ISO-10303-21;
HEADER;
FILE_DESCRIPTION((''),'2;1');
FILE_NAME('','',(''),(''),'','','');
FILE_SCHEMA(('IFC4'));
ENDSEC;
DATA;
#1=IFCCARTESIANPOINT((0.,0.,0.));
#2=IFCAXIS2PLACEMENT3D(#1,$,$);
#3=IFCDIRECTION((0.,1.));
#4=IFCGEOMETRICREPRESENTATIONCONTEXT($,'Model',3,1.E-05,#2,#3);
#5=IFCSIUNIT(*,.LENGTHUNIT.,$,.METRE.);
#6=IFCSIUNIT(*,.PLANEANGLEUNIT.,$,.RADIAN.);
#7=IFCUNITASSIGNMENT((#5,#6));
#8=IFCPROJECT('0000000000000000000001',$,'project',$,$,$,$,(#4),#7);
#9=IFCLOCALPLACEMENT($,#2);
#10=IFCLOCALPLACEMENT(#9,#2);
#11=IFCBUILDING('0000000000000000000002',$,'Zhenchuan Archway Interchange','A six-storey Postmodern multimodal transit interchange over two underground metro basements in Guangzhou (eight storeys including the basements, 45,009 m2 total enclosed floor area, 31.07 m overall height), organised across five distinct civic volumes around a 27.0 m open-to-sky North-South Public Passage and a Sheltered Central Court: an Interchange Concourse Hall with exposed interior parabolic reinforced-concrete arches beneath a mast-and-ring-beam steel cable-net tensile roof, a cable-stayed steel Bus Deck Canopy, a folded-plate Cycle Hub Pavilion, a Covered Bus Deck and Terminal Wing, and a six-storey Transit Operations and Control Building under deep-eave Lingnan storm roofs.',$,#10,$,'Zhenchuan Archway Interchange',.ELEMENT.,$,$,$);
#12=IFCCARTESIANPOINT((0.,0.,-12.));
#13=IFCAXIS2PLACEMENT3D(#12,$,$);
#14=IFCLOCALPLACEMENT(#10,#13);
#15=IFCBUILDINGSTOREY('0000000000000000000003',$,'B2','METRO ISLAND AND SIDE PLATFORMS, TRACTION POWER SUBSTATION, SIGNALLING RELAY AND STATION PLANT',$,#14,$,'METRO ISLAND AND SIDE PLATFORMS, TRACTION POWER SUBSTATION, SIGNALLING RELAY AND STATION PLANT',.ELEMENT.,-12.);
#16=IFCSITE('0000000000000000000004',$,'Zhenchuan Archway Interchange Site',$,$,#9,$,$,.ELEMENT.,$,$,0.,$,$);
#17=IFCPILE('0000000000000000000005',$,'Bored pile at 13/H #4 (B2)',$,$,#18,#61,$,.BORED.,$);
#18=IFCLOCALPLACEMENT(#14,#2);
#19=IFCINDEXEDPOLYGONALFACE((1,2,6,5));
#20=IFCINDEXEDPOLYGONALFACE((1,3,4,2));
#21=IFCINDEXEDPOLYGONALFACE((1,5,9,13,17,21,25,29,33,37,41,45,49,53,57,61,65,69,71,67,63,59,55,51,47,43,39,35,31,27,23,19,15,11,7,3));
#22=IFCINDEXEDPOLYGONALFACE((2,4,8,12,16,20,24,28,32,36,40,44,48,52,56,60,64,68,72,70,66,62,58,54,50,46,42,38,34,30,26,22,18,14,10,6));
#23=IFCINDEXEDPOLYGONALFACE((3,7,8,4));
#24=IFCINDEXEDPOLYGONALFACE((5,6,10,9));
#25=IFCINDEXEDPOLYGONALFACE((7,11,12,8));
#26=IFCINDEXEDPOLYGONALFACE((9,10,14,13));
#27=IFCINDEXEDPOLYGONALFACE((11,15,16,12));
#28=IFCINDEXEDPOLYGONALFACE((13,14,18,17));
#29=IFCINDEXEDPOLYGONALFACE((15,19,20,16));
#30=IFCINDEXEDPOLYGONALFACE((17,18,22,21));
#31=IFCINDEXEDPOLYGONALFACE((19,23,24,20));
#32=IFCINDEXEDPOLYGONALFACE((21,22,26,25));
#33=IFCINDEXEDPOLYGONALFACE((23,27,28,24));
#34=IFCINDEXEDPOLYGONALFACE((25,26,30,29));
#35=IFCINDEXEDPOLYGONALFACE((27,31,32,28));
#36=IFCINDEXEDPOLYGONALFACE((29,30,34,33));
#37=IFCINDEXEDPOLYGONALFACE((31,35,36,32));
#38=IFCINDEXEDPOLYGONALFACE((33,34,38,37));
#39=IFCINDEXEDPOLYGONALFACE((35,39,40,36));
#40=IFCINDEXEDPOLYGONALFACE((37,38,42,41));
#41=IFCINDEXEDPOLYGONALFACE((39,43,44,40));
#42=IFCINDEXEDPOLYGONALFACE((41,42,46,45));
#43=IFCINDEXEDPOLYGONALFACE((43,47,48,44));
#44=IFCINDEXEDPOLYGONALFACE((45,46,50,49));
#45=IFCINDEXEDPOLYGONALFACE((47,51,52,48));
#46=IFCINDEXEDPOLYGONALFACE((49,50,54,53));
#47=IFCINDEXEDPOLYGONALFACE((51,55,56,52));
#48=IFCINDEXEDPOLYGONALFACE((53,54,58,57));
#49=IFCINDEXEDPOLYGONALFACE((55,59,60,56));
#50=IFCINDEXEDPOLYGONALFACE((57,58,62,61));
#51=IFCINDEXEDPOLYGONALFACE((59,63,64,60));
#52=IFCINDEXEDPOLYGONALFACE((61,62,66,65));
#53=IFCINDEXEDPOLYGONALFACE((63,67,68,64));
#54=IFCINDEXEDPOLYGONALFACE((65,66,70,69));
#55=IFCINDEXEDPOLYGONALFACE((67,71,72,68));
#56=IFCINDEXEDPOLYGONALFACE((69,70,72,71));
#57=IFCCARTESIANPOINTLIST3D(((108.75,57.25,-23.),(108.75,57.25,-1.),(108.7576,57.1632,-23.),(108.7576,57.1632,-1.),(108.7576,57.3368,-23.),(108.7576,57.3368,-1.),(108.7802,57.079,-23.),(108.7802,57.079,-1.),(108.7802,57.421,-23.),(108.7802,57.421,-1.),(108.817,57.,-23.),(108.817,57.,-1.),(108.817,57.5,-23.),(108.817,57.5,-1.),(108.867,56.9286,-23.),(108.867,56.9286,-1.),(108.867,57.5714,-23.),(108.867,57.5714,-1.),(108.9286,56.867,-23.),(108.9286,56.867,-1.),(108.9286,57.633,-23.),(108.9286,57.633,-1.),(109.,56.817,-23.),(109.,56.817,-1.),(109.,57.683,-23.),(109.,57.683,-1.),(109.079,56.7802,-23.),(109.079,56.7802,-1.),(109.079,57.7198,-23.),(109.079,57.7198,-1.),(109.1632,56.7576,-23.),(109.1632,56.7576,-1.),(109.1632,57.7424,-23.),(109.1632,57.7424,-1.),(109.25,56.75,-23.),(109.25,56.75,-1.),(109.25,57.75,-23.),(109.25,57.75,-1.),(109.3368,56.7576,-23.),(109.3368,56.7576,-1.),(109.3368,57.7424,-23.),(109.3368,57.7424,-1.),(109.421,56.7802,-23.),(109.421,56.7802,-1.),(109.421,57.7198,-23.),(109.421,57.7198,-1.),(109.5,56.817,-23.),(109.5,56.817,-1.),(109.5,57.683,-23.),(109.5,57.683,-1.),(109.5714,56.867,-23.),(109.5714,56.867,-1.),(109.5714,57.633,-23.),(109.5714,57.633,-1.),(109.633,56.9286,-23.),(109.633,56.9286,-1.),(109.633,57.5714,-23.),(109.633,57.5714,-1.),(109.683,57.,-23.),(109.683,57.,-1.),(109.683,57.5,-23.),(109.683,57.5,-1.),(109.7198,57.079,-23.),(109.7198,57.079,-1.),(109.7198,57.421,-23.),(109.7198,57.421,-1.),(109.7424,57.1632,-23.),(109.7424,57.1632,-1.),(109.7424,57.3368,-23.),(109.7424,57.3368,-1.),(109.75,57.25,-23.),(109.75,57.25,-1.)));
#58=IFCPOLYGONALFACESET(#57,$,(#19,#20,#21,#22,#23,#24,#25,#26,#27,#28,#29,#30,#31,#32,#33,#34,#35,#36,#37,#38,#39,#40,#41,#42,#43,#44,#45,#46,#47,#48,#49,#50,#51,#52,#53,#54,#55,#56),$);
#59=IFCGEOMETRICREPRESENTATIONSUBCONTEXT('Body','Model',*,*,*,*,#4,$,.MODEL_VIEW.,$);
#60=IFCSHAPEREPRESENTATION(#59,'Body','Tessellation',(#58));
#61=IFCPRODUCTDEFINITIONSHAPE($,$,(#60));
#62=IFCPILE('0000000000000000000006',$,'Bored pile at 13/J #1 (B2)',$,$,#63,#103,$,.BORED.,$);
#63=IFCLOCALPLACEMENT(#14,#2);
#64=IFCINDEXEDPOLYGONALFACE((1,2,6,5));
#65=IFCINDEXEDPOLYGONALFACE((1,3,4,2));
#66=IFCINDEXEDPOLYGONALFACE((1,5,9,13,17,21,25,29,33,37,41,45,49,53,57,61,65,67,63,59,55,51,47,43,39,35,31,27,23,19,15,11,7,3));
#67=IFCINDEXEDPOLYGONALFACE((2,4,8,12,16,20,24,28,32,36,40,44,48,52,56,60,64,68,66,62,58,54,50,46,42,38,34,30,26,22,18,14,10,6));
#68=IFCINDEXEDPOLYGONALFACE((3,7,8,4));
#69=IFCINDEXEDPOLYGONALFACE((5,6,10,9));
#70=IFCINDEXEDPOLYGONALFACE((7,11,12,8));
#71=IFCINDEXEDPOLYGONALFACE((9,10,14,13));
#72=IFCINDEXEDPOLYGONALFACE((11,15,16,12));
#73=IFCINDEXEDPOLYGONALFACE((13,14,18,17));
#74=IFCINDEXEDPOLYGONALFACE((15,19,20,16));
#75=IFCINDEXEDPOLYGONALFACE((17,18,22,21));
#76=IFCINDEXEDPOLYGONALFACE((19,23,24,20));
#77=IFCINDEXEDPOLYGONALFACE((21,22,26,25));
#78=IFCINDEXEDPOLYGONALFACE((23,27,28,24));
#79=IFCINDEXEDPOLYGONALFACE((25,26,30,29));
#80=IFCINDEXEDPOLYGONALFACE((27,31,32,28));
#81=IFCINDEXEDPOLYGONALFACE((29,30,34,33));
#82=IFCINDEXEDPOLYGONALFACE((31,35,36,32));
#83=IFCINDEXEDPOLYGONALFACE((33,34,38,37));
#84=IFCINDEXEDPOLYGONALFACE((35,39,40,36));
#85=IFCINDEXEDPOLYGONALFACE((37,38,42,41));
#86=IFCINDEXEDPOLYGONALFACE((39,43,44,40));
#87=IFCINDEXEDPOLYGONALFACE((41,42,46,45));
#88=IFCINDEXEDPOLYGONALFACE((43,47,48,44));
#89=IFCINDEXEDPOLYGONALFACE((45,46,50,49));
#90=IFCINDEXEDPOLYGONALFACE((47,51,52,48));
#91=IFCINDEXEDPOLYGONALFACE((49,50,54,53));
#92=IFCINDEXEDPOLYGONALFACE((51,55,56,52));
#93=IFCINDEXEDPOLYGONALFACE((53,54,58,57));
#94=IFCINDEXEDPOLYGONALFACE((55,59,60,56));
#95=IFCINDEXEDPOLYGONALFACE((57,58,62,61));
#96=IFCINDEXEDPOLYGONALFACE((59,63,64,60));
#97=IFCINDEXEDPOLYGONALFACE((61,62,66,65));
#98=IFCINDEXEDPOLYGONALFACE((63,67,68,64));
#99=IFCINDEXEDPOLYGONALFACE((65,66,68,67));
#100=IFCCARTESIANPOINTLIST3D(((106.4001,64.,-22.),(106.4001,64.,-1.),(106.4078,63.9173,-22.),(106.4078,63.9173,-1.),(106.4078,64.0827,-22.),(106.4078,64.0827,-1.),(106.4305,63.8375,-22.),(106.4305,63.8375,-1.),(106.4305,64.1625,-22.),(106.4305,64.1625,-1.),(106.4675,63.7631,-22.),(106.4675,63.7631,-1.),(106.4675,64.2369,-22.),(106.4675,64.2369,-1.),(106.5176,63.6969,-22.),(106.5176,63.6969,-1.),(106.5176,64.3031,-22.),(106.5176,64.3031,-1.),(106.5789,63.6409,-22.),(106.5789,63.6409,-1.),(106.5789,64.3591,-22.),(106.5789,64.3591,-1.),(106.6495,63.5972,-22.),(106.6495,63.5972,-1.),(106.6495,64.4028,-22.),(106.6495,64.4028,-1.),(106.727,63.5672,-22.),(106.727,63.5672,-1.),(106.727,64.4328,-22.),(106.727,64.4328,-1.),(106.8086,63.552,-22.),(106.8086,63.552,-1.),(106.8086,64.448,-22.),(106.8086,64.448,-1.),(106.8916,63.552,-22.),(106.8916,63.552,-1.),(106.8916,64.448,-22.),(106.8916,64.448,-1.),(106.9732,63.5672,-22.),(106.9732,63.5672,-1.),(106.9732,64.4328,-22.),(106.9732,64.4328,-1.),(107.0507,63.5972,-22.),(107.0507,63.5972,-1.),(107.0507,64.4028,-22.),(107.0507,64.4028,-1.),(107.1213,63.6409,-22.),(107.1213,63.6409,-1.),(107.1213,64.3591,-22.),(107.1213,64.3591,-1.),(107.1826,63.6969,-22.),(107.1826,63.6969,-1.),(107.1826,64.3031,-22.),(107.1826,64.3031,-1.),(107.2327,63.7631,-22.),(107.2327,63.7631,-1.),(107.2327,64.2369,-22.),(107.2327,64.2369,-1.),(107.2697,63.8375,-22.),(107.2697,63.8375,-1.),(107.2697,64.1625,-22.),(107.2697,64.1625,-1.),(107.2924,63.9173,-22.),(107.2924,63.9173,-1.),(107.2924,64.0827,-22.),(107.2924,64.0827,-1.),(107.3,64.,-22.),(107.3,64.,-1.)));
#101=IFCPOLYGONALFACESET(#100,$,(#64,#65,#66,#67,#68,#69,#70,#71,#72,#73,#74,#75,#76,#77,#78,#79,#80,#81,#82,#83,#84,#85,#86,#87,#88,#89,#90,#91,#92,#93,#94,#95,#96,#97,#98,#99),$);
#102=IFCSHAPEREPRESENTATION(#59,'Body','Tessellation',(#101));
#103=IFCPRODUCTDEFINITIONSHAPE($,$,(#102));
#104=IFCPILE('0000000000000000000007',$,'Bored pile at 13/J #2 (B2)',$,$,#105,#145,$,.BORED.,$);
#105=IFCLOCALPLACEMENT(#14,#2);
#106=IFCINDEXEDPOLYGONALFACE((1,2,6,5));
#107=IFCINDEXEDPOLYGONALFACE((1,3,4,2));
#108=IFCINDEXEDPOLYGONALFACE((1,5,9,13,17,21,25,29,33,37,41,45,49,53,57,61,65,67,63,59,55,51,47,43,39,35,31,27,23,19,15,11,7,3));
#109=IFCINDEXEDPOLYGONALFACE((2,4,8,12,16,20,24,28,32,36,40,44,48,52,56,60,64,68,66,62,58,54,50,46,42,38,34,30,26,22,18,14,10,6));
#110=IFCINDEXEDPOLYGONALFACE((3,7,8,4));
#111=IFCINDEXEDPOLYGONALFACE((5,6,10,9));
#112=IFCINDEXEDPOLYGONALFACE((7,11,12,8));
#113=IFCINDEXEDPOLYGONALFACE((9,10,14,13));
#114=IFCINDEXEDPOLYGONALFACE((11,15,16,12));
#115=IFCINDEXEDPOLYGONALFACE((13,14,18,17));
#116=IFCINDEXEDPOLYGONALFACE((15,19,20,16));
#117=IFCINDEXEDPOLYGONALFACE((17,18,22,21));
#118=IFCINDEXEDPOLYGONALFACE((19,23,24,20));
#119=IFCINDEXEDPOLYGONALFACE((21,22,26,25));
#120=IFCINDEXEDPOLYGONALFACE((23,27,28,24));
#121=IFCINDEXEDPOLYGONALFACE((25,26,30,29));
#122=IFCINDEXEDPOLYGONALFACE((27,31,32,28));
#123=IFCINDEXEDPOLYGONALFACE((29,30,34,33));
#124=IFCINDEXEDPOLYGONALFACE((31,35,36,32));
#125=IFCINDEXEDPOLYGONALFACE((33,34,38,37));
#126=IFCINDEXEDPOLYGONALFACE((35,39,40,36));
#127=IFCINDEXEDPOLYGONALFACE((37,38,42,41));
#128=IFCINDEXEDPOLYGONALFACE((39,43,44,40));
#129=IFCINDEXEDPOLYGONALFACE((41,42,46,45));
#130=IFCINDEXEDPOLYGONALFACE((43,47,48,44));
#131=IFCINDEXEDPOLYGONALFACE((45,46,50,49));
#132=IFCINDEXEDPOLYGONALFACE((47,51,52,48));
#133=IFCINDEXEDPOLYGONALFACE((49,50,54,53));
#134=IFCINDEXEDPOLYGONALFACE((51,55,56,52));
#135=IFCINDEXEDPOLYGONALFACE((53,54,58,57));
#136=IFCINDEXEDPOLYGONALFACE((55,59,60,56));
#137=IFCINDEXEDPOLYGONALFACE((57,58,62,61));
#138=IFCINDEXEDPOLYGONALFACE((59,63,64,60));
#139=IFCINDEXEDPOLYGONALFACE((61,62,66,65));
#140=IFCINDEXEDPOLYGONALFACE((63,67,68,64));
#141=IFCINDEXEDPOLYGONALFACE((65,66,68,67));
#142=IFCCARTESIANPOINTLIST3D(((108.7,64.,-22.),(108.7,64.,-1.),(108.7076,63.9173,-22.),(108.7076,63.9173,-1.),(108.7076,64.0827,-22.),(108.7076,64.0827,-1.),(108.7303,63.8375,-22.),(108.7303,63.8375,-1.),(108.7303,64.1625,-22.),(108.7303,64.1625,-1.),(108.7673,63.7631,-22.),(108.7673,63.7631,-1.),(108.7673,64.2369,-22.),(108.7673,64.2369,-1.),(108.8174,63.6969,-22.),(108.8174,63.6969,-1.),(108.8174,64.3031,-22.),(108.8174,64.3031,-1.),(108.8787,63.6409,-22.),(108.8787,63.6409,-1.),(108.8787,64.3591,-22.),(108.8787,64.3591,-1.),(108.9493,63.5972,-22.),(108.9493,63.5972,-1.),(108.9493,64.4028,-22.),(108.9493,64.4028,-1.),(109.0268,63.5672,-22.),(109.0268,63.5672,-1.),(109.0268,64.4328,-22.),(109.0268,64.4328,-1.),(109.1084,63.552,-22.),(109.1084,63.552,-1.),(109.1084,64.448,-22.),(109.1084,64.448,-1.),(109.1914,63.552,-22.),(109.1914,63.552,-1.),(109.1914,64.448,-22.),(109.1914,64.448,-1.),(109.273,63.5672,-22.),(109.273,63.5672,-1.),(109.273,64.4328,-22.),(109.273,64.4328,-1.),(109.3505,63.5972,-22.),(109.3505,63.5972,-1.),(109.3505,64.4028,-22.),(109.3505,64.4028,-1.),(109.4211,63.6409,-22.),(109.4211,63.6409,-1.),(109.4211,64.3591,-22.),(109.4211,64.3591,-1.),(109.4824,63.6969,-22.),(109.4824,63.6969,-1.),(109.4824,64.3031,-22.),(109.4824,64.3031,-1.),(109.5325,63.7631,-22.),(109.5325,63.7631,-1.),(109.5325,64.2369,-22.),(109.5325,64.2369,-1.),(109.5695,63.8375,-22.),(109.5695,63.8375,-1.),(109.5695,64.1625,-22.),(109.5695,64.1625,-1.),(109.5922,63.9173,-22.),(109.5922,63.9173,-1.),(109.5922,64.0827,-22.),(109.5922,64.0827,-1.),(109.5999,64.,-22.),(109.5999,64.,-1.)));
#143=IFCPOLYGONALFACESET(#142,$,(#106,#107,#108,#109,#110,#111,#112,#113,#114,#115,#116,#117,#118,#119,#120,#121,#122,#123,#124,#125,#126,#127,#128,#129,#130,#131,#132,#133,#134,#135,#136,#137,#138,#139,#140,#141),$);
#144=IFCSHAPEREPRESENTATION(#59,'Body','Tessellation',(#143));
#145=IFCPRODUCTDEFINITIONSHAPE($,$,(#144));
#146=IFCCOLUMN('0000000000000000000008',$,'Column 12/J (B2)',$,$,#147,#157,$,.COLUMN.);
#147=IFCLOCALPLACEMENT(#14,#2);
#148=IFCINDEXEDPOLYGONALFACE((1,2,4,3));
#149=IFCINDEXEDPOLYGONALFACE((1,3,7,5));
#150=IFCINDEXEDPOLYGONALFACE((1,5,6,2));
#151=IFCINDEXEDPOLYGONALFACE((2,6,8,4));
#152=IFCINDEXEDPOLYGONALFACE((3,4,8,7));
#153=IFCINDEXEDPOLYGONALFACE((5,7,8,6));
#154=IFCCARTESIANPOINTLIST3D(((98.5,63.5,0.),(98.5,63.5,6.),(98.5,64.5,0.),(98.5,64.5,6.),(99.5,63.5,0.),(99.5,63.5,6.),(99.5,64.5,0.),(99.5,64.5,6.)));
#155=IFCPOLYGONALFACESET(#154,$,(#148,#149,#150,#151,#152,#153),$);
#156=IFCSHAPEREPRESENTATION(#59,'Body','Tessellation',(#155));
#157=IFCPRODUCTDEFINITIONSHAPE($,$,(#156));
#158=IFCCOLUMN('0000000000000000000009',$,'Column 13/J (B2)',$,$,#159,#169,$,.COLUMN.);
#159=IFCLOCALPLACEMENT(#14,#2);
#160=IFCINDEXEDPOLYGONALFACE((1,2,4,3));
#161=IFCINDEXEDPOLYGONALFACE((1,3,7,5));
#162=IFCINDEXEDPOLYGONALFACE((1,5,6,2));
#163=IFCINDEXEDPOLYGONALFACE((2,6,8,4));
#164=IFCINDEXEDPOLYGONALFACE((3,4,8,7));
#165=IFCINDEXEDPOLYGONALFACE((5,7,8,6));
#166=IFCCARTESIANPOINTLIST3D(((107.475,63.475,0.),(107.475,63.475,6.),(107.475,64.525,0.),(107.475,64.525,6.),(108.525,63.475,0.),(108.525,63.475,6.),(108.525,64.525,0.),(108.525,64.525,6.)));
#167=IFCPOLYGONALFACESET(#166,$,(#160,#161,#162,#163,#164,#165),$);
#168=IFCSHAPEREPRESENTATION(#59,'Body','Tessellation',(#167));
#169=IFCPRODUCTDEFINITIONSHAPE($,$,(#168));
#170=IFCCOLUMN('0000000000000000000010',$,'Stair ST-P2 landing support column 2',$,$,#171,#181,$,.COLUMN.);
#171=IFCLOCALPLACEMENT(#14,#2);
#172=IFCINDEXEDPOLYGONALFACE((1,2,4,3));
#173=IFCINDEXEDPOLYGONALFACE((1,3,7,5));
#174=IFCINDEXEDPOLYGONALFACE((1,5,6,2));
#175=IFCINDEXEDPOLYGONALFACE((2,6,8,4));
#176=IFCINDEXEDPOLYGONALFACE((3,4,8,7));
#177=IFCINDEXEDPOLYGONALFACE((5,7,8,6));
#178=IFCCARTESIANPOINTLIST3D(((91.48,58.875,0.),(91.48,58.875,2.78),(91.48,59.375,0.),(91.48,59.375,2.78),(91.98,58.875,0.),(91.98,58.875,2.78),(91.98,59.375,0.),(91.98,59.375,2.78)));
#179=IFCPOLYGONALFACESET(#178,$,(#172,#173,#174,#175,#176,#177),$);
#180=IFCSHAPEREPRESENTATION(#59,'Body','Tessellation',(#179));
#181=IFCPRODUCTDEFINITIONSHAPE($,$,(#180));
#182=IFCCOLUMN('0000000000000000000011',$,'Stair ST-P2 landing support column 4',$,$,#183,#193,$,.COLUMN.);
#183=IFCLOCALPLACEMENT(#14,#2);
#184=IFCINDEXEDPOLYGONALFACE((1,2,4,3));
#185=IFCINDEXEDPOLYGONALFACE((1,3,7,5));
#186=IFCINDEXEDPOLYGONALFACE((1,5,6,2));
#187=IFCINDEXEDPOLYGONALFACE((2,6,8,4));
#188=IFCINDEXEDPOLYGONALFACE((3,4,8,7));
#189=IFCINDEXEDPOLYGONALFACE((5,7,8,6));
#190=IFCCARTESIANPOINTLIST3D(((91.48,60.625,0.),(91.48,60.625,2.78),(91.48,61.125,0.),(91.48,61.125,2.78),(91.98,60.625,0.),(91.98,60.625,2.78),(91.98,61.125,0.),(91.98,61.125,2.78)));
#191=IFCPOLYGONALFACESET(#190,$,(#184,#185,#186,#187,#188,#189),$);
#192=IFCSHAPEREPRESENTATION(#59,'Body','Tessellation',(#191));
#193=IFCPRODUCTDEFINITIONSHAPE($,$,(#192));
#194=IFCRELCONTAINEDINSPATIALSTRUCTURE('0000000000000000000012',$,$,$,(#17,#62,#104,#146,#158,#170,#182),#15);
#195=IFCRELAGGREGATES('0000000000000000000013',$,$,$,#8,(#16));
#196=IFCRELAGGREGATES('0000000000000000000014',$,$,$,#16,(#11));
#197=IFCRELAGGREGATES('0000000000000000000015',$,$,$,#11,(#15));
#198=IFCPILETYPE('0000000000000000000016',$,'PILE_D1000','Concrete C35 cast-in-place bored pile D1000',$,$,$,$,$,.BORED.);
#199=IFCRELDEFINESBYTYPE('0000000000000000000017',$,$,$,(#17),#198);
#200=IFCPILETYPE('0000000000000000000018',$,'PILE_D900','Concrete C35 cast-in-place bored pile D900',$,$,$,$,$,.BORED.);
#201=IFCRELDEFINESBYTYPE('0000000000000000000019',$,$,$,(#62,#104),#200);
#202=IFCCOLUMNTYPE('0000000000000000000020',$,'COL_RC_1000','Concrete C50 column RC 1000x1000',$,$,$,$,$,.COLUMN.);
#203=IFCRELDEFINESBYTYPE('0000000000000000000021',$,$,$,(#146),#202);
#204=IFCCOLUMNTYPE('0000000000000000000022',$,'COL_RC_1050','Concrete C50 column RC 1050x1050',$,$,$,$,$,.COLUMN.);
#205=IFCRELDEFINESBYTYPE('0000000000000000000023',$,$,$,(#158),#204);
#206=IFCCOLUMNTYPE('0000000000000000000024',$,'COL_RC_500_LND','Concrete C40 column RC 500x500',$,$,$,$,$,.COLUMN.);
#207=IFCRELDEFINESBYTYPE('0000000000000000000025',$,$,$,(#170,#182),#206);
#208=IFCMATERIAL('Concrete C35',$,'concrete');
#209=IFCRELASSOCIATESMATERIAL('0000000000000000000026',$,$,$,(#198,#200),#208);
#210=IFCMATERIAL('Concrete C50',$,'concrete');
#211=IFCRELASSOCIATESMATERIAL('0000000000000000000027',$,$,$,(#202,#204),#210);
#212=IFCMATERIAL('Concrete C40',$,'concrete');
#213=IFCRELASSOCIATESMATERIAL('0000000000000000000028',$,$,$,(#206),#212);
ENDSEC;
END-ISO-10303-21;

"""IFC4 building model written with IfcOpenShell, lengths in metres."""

from ifc_helpers import new_model, si_unit, direction, frame, origin, origin_2d, place, context, subcontext, project, spatial, rectangle, circle, extrude, material, material_profile, profile_set, type_object, element, save


model = new_model("IFC4")

# Units and contexts
model_context = context("Model", 3, precision=1e-05, world=origin(), true_north=direction((0.0, 1.0)))
body_context = subcontext(model_context, "Body", "Model", "MODEL_VIEW")
ifc_project = project(units=[si_unit("LENGTHUNIT", "METRE"), si_unit("PLANEANGLEUNIT", "RADIAN")], contexts=[model_context])

# Site, building, storey
site_placement = place(None, origin())
site = spatial("IfcSite", under=ifc_project, at=site_placement, Name="Zhenchuan Archway Interchange Site", CompositionType="ELEMENT", RefElevation=0.0)
building_placement = place(site_placement, origin())
building = spatial("IfcBuilding", under=site, at=building_placement, Name="Zhenchuan Archway Interchange", Description="A six-storey Postmodern multimodal transit interchange over two underground metro basements in Guangzhou (eight storeys including the basements, 45,009 m2 total enclosed floor area, 31.07 m overall height), organised across five distinct civic volumes around a 27.0 m open-to-sky North-South Public Passage and a Sheltered Central Court: an Interchange Concourse Hall with exposed interior parabolic reinforced-concrete arches beneath a mast-and-ring-beam steel cable-net tensile roof, a cable-stayed steel Bus Deck Canopy, a folded-plate Cycle Hub Pavilion, a Covered Bus Deck and Terminal Wing, and a six-storey Transit Operations and Control Building under deep-eave Lingnan storm roofs.", LongName="Zhenchuan Archway Interchange", CompositionType="ELEMENT")
storey_placement = place(building_placement, frame((0.0, 0.0, -12.0)))
storey = spatial("IfcBuildingStorey", under=building, at=storey_placement, Name="B2", Description="METRO ISLAND AND SIDE PLATFORMS, TRACTION POWER SUBSTATION, SIGNALLING RELAY AND STATION PLANT", LongName="METRO ISLAND AND SIDE PLATFORMS, TRACTION POWER SUBSTATION, SIGNALLING RELAY AND STATION PLANT", CompositionType="ELEMENT", Elevation=-12.0)

# Shared definitions
ifc_material_1 = material(Name="Concrete C40", Category="concrete")

# Piles
ifc_material_2 = material(Name="Concrete C35", Category="concrete")
ifc_material_profile_1 = material_profile(ifc_material_2, circle(Radius=0.5, at=origin_2d()), Name="BORED PILE 1000")
ifc_profile_set_1 = profile_set([ifc_material_profile_1], Name="Concrete C35")
pile_type_1 = type_object("IfcPileType", Name="PILE_D1000", Description="Concrete C35 cast-in-place bored pile D1000", PredefinedType="BORED", material=ifc_profile_set_1)
for number, where, z_axis, x_axis, name in (
    (1, (109.25, 57.25, -1.0), (0.0, 0.0, -1.0), (1.0, 0.0, 0.0), "Bored pile at 13/H #4 (B2)"),
):
    element("IfcPile", number, at=place(storey_placement, frame(where, z_axis=z_axis, x_axis=x_axis)), inside=storey, type_object=pile_type_1, Name=name, PredefinedType="BORED", context=body_context, shape_type="SweptSolid", body=[
        extrude(circle(Radius=0.5, at=origin_2d()), origin(), (0.0, 0.0, 1.0), 22.0),
    ])
ifc_material_profile_2 = material_profile(ifc_material_2, circle(Radius=0.45, at=origin_2d()), Name="BORED PILE 900")
ifc_profile_set_2 = profile_set([ifc_material_profile_2], Name="Concrete C35")
pile_type_2 = type_object("IfcPileType", Name="PILE_D900", Description="Concrete C35 cast-in-place bored pile D900", PredefinedType="BORED", material=ifc_profile_set_2)
for number, where, z_axis, x_axis, name in (
    (2, (106.8501, 64.0, -1.0), (0.0, 0.0, -1.0), (1.0, 0.0, 0.0), "Bored pile at 13/J #1 (B2)"),
    (3, (109.1499, 64.0, -1.0), (0.0, 0.0, -1.0), (1.0, 0.0, 0.0), "Bored pile at 13/J #2 (B2)"),
):
    element("IfcPile", number, at=place(storey_placement, frame(where, z_axis=z_axis, x_axis=x_axis)), inside=storey, type_object=pile_type_2, Name=name, PredefinedType="BORED", context=body_context, shape_type="SweptSolid", body=[
        extrude(circle(Radius=0.45, at=origin_2d()), origin(), (0.0, 0.0, 1.0), 21.0),
    ])

# Columns
ifc_material_3 = material(Name="Concrete C50", Category="concrete")
ifc_material_profile_3 = material_profile(ifc_material_3, rectangle(XDim=1.0, YDim=1.0, at=origin_2d()), Name="RC 1000x1000")
ifc_profile_set_3 = profile_set([ifc_material_profile_3], Name="Concrete C50")
column_type_1 = type_object("IfcColumnType", Name="COL_RC_1000", Description="Concrete C50 column RC 1000x1000", PredefinedType="COLUMN", material=ifc_profile_set_3)
column_1_placement = place(storey_placement, frame((99.0, 64.0, 0.0), z_axis=(0.0, 0.0, 1.0), x_axis=(1.0, 0.0, 0.0)))
element("IfcColumn", 4, at=column_1_placement, inside=storey, type_object=column_type_1, Name="Column 12/J (B2)", PredefinedType="COLUMN", context=body_context, shape_type="SweptSolid", body=[
    extrude(rectangle(XDim=1.0, YDim=1.0, at=origin_2d()), origin(), (0.0, 0.0, 1.0), 6.0),
])
ifc_material_profile_4 = material_profile(ifc_material_3, rectangle(XDim=1.05, YDim=1.05, at=origin_2d()), Name="RC 1050x1050")
ifc_profile_set_4 = profile_set([ifc_material_profile_4], Name="Concrete C50")
column_type_2 = type_object("IfcColumnType", Name="COL_RC_1050", Description="Concrete C50 column RC 1050x1050", PredefinedType="COLUMN", material=ifc_profile_set_4)
column_2_placement = place(storey_placement, frame((108.0, 64.0, 0.0), z_axis=(0.0, 0.0, 1.0), x_axis=(1.0, 0.0, 0.0)))
element("IfcColumn", 5, at=column_2_placement, inside=storey, type_object=column_type_2, Name="Column 13/J (B2)", PredefinedType="COLUMN", context=body_context, shape_type="SweptSolid", body=[
    extrude(rectangle(XDim=1.05, YDim=1.05, at=origin_2d()), origin(), (0.0, 0.0, 1.0), 6.0),
])
ifc_material_profile_5 = material_profile(ifc_material_1, rectangle(XDim=0.5, YDim=0.5, at=origin_2d()), Name="RC 500x500")
ifc_profile_set_5 = profile_set([ifc_material_profile_5], Name="Concrete C40")
column_type_3 = type_object("IfcColumnType", Name="COL_RC_500_LND", Description="Concrete C40 column RC 500x500", PredefinedType="COLUMN", material=ifc_profile_set_5)
for number, where, z_axis, x_axis, name in (
    (6, (91.73, 59.125, 0.0), (0.0, 0.0, 1.0), (1.0, 0.0, 0.0), "Stair ST-P2 landing support column 2"),
    (7, (91.73, 60.875, 0.0), (0.0, 0.0, 1.0), (1.0, 0.0, 0.0), "Stair ST-P2 landing support column 4"),
):
    element("IfcColumn", number, at=place(storey_placement, frame(where, z_axis=z_axis, x_axis=x_axis)), inside=storey, type_object=column_type_3, Name=name, PredefinedType="COLUMN", context=body_context, shape_type="SweptSolid", body=[
        extrude(rectangle(XDim=0.5, YDim=0.5, at=origin_2d()), origin(), (0.0, 0.0, 1.0), 2.78),
    ])

save(model, "model.ifc")
